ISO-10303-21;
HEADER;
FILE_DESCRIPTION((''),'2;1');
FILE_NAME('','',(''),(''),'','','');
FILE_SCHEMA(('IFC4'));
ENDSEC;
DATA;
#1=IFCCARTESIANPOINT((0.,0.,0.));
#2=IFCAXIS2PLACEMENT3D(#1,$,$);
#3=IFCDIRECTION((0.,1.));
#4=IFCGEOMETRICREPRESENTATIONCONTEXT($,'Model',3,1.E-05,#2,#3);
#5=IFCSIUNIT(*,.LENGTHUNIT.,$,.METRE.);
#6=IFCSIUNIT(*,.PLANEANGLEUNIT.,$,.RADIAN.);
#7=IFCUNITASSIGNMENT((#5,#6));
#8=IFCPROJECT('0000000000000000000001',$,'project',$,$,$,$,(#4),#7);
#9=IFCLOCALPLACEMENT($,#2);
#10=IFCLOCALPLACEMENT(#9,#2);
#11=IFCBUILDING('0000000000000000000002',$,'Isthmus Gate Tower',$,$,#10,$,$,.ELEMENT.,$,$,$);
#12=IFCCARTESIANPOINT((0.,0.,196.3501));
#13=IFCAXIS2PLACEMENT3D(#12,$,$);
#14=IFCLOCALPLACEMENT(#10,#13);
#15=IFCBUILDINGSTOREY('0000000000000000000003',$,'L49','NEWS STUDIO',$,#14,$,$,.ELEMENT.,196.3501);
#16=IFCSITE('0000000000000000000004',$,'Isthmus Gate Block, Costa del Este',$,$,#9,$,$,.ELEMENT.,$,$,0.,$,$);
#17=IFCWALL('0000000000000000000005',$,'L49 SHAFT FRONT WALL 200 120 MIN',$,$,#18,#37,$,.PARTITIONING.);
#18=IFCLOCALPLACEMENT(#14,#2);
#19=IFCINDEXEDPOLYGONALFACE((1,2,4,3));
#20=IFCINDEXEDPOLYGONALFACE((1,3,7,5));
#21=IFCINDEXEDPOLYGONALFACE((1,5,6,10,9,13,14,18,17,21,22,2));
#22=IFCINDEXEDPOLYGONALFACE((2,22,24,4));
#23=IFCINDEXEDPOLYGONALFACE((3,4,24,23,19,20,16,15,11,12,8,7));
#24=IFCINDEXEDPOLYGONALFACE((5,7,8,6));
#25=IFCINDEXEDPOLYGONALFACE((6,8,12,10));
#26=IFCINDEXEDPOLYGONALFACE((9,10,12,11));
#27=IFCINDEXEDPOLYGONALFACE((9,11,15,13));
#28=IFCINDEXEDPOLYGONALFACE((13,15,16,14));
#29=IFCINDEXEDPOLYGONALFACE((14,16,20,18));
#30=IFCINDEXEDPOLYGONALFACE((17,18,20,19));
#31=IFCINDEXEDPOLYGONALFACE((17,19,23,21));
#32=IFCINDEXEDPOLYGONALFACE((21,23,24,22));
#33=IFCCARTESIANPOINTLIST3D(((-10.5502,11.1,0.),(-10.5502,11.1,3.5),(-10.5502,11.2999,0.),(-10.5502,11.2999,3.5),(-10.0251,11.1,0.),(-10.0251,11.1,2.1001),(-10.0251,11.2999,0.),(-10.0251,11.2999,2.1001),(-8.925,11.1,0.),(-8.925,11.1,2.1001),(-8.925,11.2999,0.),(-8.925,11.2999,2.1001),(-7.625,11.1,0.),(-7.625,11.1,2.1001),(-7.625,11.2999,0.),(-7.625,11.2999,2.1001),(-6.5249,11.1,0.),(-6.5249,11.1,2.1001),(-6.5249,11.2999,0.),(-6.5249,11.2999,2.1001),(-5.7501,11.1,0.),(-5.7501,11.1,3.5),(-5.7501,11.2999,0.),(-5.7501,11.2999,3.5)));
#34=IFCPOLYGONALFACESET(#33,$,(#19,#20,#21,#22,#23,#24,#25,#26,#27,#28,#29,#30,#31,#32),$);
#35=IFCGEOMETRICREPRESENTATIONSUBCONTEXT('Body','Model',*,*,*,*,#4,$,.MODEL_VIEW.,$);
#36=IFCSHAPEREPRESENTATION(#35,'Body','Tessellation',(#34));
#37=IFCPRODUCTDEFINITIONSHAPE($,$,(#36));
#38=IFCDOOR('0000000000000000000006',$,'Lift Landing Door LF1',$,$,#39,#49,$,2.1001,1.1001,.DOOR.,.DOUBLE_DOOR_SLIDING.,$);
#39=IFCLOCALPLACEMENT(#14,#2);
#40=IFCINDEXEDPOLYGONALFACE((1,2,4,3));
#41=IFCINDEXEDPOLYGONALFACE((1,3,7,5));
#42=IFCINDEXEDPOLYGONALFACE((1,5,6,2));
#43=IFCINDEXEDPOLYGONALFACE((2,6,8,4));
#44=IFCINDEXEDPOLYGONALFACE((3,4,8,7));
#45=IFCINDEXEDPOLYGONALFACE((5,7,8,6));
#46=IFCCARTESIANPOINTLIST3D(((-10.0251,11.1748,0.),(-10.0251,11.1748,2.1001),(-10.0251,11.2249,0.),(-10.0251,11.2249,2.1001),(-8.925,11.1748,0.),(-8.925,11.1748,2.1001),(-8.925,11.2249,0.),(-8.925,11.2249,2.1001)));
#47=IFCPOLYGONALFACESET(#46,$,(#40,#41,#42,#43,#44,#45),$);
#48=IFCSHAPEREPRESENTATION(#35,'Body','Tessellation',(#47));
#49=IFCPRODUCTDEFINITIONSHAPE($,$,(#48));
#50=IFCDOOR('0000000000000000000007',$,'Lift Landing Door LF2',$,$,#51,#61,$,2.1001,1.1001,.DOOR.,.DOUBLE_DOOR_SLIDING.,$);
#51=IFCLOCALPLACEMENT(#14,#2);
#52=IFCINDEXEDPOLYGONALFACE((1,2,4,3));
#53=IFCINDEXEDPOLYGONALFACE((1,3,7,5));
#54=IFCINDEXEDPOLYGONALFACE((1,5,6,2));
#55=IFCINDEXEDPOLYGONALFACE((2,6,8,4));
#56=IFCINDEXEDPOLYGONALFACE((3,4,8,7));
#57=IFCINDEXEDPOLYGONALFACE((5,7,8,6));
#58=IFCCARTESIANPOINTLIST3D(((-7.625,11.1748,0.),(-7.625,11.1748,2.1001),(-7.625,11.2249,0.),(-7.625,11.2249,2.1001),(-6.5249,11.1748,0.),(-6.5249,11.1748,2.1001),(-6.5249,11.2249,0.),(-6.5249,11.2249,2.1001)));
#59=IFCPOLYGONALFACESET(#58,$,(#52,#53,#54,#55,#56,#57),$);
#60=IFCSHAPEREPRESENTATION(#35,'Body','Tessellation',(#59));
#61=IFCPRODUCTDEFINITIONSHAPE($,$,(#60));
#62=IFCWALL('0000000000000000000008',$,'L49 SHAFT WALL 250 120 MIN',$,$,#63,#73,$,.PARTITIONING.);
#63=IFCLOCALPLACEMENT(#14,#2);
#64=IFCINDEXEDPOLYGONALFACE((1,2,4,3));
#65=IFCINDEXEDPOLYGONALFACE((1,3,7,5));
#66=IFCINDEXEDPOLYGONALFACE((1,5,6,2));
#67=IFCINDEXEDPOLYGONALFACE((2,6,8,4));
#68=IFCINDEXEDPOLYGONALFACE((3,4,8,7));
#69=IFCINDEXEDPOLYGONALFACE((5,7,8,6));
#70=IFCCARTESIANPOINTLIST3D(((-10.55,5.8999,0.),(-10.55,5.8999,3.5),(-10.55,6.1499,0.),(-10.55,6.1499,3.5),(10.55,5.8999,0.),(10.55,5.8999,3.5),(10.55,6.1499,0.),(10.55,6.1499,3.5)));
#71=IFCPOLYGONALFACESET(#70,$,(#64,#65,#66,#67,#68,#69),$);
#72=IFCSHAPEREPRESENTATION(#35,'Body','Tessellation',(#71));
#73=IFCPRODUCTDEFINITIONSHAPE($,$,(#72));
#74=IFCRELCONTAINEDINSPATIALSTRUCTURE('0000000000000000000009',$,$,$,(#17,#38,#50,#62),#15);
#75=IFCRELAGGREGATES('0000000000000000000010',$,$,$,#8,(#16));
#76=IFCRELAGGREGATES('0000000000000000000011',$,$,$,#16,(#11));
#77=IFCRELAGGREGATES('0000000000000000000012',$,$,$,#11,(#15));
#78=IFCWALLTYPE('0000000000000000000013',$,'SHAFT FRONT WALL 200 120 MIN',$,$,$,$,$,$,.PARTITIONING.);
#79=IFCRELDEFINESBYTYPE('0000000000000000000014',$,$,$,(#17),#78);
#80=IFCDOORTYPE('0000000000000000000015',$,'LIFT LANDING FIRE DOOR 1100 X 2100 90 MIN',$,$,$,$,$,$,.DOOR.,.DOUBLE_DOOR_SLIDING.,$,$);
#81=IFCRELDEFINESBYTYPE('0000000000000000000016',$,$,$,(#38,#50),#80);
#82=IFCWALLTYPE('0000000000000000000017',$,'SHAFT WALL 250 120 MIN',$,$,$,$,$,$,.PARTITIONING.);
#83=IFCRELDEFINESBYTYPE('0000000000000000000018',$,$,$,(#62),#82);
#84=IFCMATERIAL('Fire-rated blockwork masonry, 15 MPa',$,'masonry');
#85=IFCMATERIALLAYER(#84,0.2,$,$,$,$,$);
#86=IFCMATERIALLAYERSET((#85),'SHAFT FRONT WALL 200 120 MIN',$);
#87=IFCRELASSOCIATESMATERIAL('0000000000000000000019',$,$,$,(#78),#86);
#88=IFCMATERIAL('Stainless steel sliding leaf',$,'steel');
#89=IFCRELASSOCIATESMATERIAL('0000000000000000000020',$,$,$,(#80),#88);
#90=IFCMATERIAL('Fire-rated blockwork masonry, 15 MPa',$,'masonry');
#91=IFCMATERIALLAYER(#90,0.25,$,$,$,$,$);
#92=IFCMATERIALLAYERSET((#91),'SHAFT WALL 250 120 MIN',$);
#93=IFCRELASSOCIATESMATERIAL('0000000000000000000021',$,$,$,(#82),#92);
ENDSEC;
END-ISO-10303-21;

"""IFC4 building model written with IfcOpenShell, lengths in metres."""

from ifc_helpers import new_model, si_unit, direction, frame, frame_2d, origin, place, context, subcontext, project, spatial, rectangle, extrude, material, layer, layer_set, type_object, element, fill, save


model = new_model("IFC4")

# Units and contexts
model_context = context("Model", 3, precision=1e-05, world=origin(), true_north=direction((0.0, 1.0)))
body_context = subcontext(model_context, "Body", "Model", "MODEL_VIEW")
ifc_project = project(units=[si_unit("LENGTHUNIT", "METRE"), si_unit("PLANEANGLEUNIT", "RADIAN")], contexts=[model_context])

# Site, building, storey
site_placement = place(None, origin())
site = spatial("IfcSite", under=ifc_project, at=site_placement, Name="Isthmus Gate Block, Costa del Este", CompositionType="ELEMENT", RefElevation=0.0)
building_placement = place(site_placement, origin())
building = spatial("IfcBuilding", under=site, at=building_placement, Name="Isthmus Gate Tower", CompositionType="ELEMENT")
storey_placement = place(building_placement, frame((0.0, 0.0, 196.3501)))
storey = spatial("IfcBuildingStorey", under=building, at=storey_placement, Name="L49", Description="NEWS STUDIO", CompositionType="ELEMENT", Elevation=196.3501)

# Wall, openings, doors
ifc_material_1 = material(Name="Fire-rated blockwork masonry, 15 MPa", Category="masonry")
ifc_layer_1 = layer(ifc_material_1, 0.2)
ifc_layer_set_1 = layer_set([ifc_layer_1], Name="SHAFT FRONT WALL 200 120 MIN")
wall_type_1 = type_object("IfcWallType", Name="SHAFT FRONT WALL 200 120 MIN", PredefinedType="PARTITIONING", material=ifc_layer_set_1)
wall_1_placement = place(storey_placement, frame((-10.55, 11.2, 0.0), z_axis=(0.0, 0.0, 1.0), x_axis=(1.0, 0.0, 0.0)))
wall_1 = element("IfcWall", 1, at=wall_1_placement, inside=storey, type_object=wall_type_1, Name="L49 SHAFT FRONT WALL 200 120 MIN", PredefinedType="PARTITIONING", context=body_context, shape_type="SweptSolid", body=[
    extrude(rectangle(XDim=4.8, YDim=0.2, at=frame_2d((2.3999, 0.0))), origin(), (0.0, 0.0, 1.0), 3.5),
])
opening_1_placement = place(wall_1_placement, frame((0.5249, 0.0, 0.0)))
opening_1 = element("IfcOpeningElement", 2, at=opening_1_placement, cuts=wall_1, PredefinedType="OPENING", context=body_context, shape_type="SweptSolid", body=[
    extrude(rectangle(XDim=1.1001, YDim=2.1001, at=frame_2d((0.55, 1.05))), frame((0.0, 0.1099, 0.0), z_axis=(0.0, -1.0, 0.0), x_axis=(1.0, 0.0, 0.0)), (0.0, 0.0, 1.0), 0.22),
])
opening_2_placement = place(wall_1_placement, frame((2.925, 0.0, 0.0)))
opening_2 = element("IfcOpeningElement", 3, at=opening_2_placement, cuts=wall_1, PredefinedType="OPENING", context=body_context, shape_type="SweptSolid", body=[
    extrude(rectangle(XDim=1.1001, YDim=2.1001, at=frame_2d((0.55, 1.05))), frame((0.0, 0.1099, 0.0), z_axis=(0.0, -1.0, 0.0), x_axis=(1.0, 0.0, 0.0)), (0.0, 0.0, 1.0), 0.22),
])
ifc_material_2 = material(Name="Stainless steel sliding leaf", Category="steel")
door_type_1 = type_object("IfcDoorType", Name="LIFT LANDING FIRE DOOR 1100 X 2100 90 MIN", OperationType="DOUBLE_DOOR_SLIDING", PredefinedType="DOOR", material=ifc_material_2)
door_1_placement = place(opening_1_placement, origin())
door_1 = element("IfcDoor", 4, at=door_1_placement, inside=storey, type_object=door_type_1, Name="Lift Landing Door LF1", OperationType="DOUBLE_DOOR_SLIDING", OverallHeight=2.1001, OverallWidth=1.1001, PredefinedType="DOOR", context=body_context, shape_type="SweptSolid", body=[
    extrude(rectangle(XDim=1.1001, YDim=2.1001, at=frame_2d((0.55, 1.05))), frame((0.0, 0.0249, 0.0), z_axis=(0.0, -1.0, 0.0), x_axis=(1.0, 0.0, 0.0)), (0.0, 0.0, 1.0), 0.05),
])
fill(opening_1, door_1)
door_2_placement = place(opening_2_placement, origin())
door_2 = element("IfcDoor", 5, at=door_2_placement, inside=storey, type_object=door_type_1, Name="Lift Landing Door LF2", OperationType="DOUBLE_DOOR_SLIDING", OverallHeight=2.1001, OverallWidth=1.1001, PredefinedType="DOOR", context=body_context, shape_type="SweptSolid", body=[
    extrude(rectangle(XDim=1.1001, YDim=2.1001, at=frame_2d((0.55, 1.05))), frame((0.0, 0.0249, 0.0), z_axis=(0.0, -1.0, 0.0), x_axis=(1.0, 0.0, 0.0)), (0.0, 0.0, 1.0), 0.05),
])
fill(opening_2, door_2)

# Wall
ifc_material_3 = material(Name="Fire-rated blockwork masonry, 15 MPa", Category="masonry")
ifc_layer_2 = layer(ifc_material_3, 0.25)
ifc_layer_set_2 = layer_set([ifc_layer_2], Name="SHAFT WALL 250 120 MIN")
wall_type_2 = type_object("IfcWallType", Name="SHAFT WALL 250 120 MIN", PredefinedType="PARTITIONING", material=ifc_layer_set_2)
wall_2_placement = place(storey_placement, frame((-10.55, 6.0249, 0.0), z_axis=(0.0, 0.0, 1.0), x_axis=(1.0, 0.0, 0.0)))
element("IfcWall", 6, at=wall_2_placement, inside=storey, type_object=wall_type_2, Name="L49 SHAFT WALL 250 120 MIN", PredefinedType="PARTITIONING", context=body_context, shape_type="SweptSolid", body=[
    extrude(rectangle(XDim=21.1001, YDim=0.25, at=frame_2d((10.55, 0.0))), origin(), (0.0, 0.0, 1.0), 3.5),
])

save(model, "model.ifc")
